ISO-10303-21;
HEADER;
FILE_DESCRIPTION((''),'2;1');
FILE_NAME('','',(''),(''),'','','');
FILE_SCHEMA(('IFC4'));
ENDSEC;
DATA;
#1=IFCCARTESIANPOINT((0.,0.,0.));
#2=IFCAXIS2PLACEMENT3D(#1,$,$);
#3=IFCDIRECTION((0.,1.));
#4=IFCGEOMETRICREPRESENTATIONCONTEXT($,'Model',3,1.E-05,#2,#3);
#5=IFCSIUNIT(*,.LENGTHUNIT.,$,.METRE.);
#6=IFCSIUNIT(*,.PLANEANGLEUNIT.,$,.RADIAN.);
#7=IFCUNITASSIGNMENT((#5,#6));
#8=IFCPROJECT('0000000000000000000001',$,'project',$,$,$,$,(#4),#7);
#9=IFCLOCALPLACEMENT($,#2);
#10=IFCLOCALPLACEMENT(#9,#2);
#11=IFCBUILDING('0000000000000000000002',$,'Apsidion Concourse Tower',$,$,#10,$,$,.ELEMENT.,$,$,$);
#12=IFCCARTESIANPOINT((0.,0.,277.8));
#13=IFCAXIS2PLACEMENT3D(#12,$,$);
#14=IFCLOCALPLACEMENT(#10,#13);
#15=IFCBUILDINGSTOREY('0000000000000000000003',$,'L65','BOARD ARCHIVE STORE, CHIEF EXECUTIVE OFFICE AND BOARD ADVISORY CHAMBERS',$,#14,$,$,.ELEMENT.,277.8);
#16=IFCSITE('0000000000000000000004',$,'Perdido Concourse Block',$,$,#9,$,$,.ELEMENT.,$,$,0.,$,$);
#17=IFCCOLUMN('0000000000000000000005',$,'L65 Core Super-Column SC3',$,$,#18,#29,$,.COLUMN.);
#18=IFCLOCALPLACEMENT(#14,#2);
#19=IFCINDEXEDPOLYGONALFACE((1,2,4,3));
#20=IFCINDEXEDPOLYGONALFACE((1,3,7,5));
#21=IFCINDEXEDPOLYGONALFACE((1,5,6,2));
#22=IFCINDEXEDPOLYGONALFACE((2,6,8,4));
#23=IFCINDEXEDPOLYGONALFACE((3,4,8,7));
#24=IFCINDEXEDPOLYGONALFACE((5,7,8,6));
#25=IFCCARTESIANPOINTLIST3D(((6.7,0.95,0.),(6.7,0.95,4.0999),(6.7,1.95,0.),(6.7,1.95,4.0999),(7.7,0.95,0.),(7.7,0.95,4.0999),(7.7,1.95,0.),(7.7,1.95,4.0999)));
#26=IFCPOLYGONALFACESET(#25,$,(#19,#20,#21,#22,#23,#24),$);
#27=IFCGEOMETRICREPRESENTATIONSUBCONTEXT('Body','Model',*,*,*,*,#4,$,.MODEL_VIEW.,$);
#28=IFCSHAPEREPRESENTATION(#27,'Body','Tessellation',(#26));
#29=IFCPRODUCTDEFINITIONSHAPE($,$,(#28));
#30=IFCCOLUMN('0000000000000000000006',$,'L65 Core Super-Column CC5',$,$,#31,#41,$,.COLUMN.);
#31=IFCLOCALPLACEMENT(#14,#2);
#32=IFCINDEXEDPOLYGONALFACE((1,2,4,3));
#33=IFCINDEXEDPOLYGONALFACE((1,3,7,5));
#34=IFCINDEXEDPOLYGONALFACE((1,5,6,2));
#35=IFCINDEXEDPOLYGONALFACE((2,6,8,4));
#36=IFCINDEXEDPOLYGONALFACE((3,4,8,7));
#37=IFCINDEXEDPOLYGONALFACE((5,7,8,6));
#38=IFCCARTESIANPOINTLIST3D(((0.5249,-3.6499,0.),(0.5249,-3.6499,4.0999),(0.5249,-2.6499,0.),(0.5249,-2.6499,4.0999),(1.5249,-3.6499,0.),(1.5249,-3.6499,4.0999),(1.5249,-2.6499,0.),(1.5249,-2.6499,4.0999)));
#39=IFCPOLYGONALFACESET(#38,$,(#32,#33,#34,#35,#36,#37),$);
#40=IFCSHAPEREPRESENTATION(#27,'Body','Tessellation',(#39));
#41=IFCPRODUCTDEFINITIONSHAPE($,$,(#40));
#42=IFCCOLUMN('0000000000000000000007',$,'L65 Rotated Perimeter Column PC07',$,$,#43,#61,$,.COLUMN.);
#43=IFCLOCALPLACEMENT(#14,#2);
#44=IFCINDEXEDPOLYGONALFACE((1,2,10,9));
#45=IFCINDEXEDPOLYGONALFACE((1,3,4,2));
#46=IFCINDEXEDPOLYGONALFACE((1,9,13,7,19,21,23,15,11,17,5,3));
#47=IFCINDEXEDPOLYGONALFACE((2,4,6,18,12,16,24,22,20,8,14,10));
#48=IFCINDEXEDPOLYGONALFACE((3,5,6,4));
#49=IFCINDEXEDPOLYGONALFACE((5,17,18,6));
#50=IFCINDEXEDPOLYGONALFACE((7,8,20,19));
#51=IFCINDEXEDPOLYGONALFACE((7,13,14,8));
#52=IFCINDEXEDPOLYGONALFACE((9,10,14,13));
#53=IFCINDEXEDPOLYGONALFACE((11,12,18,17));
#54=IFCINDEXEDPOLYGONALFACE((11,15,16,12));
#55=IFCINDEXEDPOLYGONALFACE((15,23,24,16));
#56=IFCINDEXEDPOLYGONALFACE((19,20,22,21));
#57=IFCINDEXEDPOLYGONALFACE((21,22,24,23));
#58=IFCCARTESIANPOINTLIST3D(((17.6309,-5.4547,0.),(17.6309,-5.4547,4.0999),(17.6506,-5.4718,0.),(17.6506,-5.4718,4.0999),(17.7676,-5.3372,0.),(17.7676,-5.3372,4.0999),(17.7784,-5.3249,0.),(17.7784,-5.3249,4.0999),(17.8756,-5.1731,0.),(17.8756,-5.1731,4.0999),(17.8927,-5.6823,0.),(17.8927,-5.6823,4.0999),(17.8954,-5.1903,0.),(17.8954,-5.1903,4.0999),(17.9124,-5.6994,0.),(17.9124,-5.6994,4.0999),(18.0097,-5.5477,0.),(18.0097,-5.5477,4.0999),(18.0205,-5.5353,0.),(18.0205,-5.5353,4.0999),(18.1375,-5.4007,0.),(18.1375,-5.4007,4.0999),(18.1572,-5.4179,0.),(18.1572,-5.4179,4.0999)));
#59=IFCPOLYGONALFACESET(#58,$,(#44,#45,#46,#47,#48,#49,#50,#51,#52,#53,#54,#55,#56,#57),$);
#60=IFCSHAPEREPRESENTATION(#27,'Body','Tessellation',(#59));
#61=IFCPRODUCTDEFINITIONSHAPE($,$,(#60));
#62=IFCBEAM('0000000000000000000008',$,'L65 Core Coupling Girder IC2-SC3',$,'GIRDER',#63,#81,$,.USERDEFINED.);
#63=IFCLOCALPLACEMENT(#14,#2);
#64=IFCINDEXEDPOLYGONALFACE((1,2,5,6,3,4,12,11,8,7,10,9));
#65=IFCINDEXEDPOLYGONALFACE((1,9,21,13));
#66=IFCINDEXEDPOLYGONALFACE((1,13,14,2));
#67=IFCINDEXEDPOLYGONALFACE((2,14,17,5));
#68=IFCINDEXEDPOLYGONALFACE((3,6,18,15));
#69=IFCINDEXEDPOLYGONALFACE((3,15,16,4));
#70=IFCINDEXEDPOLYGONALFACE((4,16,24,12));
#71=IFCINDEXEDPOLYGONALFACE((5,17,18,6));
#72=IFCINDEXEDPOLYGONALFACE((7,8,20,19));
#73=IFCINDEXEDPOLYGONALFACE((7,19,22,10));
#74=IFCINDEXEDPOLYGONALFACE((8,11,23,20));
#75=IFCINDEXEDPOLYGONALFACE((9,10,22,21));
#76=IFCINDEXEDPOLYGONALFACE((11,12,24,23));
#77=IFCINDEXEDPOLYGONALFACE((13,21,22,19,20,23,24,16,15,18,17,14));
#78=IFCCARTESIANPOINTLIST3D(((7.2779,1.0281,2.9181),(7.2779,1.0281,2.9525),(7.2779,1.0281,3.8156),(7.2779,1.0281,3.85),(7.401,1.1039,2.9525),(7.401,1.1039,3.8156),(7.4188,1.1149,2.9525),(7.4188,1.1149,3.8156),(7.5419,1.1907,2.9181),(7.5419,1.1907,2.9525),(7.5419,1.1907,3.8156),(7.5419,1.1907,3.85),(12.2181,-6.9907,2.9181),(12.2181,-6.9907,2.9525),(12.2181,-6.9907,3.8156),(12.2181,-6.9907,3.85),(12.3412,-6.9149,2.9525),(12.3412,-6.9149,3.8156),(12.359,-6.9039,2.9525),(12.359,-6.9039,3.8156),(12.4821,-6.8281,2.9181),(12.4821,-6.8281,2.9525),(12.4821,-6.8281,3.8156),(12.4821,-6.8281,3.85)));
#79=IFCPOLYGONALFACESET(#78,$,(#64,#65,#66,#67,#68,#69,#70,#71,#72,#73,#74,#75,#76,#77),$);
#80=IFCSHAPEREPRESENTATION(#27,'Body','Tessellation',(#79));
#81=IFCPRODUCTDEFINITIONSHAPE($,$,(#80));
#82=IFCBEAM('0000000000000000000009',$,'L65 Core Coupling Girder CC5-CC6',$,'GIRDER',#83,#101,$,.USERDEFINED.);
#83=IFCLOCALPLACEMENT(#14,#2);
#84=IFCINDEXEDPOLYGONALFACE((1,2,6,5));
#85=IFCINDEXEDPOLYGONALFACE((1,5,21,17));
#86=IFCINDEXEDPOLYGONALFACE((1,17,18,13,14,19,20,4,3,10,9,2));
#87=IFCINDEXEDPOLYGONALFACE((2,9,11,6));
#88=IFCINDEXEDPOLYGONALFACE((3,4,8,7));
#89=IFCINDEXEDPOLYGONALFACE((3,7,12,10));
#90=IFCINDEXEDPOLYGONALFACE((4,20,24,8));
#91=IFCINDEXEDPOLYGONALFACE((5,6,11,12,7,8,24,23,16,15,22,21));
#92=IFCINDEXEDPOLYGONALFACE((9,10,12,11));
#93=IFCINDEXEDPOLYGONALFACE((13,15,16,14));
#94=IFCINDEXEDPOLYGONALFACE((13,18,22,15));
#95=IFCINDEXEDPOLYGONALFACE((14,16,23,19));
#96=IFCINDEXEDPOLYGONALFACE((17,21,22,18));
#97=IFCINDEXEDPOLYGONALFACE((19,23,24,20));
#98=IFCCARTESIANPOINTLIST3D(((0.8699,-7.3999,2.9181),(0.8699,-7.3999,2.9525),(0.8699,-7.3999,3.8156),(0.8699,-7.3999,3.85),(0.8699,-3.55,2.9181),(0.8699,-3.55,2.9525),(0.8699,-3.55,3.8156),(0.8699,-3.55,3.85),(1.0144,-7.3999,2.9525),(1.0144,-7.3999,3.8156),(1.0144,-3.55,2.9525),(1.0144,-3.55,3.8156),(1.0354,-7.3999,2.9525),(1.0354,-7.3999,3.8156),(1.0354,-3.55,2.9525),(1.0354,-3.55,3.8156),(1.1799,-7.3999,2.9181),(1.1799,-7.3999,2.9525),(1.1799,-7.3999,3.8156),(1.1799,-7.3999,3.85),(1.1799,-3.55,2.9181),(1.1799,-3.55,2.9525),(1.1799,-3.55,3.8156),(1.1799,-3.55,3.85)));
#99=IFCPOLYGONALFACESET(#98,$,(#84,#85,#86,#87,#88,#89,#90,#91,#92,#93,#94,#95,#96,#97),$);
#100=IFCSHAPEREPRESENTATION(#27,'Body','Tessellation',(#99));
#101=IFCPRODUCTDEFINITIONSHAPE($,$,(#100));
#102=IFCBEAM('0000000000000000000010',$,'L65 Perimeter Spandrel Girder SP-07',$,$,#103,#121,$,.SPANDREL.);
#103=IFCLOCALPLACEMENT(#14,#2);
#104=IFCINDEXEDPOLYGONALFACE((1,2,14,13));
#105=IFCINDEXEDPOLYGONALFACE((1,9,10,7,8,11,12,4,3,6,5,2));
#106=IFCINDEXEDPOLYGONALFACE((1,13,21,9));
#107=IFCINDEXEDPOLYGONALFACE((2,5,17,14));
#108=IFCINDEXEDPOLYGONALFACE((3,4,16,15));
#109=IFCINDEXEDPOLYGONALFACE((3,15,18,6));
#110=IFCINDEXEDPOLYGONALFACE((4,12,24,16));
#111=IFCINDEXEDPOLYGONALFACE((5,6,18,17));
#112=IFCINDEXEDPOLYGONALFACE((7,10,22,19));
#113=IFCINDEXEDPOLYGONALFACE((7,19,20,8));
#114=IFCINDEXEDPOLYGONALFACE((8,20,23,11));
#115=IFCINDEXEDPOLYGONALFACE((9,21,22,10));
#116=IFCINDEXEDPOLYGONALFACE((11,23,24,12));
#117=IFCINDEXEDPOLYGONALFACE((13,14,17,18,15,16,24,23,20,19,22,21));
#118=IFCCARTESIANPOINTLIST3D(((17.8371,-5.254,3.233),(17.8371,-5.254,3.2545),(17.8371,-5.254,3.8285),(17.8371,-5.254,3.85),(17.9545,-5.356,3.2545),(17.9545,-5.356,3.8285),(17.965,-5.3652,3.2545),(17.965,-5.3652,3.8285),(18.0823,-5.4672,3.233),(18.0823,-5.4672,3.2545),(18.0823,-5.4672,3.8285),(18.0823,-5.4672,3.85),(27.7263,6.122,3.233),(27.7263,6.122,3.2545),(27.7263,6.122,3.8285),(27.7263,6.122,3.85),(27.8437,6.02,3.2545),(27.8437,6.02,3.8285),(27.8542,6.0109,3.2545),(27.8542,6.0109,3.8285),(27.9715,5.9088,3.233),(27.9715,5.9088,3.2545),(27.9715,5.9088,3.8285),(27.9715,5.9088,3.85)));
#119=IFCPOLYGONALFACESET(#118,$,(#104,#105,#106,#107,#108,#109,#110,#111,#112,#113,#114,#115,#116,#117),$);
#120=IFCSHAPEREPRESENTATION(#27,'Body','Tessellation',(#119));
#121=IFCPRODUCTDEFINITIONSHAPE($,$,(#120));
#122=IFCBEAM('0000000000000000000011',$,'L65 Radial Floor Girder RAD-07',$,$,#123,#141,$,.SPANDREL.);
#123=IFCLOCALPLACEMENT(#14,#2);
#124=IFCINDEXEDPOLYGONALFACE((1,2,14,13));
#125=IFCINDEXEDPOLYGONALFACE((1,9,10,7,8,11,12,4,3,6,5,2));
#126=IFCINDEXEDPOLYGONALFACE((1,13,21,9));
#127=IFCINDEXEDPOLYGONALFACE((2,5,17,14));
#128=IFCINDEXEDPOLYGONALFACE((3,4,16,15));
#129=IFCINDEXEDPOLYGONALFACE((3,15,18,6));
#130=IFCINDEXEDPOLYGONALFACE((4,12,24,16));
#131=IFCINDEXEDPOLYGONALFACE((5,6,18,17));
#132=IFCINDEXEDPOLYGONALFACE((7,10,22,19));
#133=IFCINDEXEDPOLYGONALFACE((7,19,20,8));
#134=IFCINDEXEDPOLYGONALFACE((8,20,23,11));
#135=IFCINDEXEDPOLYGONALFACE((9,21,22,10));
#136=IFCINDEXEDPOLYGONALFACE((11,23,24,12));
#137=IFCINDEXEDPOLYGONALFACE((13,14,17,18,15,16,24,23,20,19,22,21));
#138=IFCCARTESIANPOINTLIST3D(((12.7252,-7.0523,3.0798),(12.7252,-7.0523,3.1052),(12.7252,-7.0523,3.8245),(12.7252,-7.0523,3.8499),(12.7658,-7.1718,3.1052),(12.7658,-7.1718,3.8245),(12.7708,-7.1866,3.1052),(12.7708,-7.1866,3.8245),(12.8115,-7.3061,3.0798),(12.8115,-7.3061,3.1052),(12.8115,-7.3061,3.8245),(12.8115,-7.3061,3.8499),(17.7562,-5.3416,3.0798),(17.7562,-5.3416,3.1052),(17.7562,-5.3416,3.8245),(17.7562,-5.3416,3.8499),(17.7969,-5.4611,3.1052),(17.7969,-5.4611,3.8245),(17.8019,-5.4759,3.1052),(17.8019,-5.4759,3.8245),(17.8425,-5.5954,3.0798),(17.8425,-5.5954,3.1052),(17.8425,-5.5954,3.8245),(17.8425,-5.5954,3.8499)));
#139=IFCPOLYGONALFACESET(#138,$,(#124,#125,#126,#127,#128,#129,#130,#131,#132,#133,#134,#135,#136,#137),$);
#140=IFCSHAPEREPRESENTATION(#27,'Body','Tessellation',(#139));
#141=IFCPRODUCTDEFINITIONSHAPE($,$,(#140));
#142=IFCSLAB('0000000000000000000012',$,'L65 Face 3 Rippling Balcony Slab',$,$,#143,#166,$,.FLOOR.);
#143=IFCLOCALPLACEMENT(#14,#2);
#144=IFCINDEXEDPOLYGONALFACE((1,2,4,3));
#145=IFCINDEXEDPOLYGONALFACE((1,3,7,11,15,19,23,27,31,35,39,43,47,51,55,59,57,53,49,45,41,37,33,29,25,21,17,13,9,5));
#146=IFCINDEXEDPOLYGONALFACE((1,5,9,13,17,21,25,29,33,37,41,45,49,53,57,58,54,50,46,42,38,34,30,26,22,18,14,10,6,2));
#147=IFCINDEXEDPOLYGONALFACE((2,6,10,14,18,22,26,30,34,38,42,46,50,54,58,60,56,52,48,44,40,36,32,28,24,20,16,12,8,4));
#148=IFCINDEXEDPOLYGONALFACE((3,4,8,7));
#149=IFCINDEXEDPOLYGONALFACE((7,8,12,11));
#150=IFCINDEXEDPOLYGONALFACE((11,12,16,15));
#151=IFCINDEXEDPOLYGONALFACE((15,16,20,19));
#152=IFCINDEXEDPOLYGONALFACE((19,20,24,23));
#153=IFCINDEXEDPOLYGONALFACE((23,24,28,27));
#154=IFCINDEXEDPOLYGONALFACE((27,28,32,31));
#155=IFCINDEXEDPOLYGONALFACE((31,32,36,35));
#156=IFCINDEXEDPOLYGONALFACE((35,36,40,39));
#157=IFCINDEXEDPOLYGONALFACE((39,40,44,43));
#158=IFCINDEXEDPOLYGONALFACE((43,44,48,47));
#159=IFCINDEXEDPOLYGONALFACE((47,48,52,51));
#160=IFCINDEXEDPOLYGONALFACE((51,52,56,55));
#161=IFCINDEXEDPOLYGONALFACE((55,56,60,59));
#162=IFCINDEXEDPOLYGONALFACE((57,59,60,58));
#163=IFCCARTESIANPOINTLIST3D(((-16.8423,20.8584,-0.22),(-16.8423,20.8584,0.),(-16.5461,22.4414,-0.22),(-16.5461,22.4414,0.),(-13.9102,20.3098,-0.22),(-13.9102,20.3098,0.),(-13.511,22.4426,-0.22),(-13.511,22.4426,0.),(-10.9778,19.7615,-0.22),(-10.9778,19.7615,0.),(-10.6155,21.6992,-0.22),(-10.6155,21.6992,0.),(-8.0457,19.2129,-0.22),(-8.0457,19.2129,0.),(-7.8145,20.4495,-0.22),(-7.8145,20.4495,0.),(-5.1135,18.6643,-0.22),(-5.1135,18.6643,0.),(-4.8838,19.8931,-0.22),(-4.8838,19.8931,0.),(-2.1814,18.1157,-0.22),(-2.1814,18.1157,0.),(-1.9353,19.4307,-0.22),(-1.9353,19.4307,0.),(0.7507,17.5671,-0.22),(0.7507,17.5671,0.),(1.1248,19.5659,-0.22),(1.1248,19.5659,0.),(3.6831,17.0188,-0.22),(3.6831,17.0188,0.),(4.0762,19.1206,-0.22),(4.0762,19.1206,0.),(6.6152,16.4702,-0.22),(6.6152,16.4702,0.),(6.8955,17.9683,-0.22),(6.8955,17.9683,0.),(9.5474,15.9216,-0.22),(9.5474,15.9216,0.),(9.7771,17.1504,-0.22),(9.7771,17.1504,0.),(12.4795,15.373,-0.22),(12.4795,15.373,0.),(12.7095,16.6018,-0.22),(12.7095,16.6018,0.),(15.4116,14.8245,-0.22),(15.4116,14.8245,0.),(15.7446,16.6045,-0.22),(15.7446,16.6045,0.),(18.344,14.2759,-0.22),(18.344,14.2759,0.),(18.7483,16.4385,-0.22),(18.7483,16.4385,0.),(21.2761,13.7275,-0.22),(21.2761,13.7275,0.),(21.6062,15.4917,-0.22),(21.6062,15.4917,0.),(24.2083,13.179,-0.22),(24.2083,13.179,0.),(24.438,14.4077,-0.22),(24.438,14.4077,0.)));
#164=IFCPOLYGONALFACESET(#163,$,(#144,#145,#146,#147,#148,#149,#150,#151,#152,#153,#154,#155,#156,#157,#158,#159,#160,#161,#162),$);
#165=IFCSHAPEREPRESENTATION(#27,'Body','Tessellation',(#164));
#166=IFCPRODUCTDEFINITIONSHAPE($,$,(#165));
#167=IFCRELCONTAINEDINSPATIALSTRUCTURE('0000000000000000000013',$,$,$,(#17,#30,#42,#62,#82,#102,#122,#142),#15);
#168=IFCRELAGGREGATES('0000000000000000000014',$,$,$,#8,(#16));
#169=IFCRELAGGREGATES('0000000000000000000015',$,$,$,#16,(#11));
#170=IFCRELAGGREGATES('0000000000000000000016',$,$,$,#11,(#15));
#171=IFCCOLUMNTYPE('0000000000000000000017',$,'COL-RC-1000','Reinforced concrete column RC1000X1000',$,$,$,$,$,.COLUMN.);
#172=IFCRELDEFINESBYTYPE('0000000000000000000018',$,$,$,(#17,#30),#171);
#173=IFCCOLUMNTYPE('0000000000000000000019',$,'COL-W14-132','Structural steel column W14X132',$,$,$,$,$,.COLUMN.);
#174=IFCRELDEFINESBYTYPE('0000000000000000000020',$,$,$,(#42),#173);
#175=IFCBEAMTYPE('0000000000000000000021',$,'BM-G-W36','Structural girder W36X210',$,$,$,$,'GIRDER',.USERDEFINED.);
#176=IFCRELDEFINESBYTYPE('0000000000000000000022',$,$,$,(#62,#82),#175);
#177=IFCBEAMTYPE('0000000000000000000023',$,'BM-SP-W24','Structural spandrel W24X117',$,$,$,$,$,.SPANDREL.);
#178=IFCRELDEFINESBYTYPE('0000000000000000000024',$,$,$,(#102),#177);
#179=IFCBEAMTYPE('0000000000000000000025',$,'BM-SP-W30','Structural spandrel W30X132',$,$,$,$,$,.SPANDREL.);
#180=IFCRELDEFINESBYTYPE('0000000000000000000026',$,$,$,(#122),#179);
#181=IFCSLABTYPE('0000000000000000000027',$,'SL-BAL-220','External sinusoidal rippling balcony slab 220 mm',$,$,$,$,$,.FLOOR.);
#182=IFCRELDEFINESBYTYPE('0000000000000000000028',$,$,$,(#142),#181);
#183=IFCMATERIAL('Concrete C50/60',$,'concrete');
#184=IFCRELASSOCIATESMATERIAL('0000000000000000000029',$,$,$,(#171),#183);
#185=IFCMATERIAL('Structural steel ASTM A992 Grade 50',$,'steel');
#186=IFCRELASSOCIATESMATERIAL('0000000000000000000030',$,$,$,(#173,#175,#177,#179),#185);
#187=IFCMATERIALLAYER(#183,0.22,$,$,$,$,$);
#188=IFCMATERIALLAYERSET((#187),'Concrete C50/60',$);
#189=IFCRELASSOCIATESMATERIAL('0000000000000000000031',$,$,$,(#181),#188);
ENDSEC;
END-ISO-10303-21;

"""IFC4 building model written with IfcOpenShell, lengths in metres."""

from ifc_helpers import new_model, si_unit, direction, frame, origin, origin_2d, place, context, subcontext, project, spatial, polyline, rectangle, i_section, outline, extrude, material, layer, layer_set, material_profile, profile_set, type_object, element, save


model = new_model("IFC4")

# Units and contexts
model_context = context("Model", 3, precision=1e-05, world=origin(), true_north=direction((0.0, 1.0)))
body_context = subcontext(model_context, "Body", "Model", "MODEL_VIEW")
ifc_project = project(units=[si_unit("LENGTHUNIT", "METRE"), si_unit("PLANEANGLEUNIT", "RADIAN")], contexts=[model_context])

# Site, building, storey
site_placement = place(None, origin())
site = spatial("IfcSite", under=ifc_project, at=site_placement, Name="Perdido Concourse Block", CompositionType="ELEMENT", RefElevation=0.0)
building_placement = place(site_placement, origin())
building = spatial("IfcBuilding", under=site, at=building_placement, Name="Apsidion Concourse Tower", CompositionType="ELEMENT")
storey_placement = place(building_placement, frame((0.0, 0.0, 277.8)))
storey = spatial("IfcBuildingStorey", under=building, at=storey_placement, Name="L65", Description="BOARD ARCHIVE STORE, CHIEF EXECUTIVE OFFICE AND BOARD ADVISORY CHAMBERS", CompositionType="ELEMENT", Elevation=277.8)

# Columns
ifc_material_1 = material(Name="Concrete C50/60", Category="concrete")
ifc_material_profile_1 = material_profile(ifc_material_1, rectangle(XDim=1.0, YDim=1.0, at=origin_2d()), Name="RC 1000x1000")
ifc_profile_set_1 = profile_set([ifc_material_profile_1], Name="Concrete C50/60")
column_type_1 = type_object("IfcColumnType", Name="COL-RC-1000", Description="Reinforced concrete column RC1000X1000", PredefinedType="COLUMN", material=ifc_profile_set_1)
for number, where, z_axis, x_axis, name in (
    (1, (7.2, 1.45, 0.0), (0.0, 0.0, 1.0), (1.0, 0.0, 0.0), "L65 Core Super-Column SC3"),
    (2, (1.0249, -3.1499, 0.0), (0.0, 0.0, 1.0), (1.0, 0.0, 0.0), "L65 Core Super-Column CC5"),
):
    element("IfcColumn", number, at=place(storey_placement, frame(where, z_axis=z_axis, x_axis=x_axis)), inside=storey, type_object=column_type_1, Name=name, PredefinedType="COLUMN", context=body_context, shape_type="SweptSolid", body=[
        extrude(rectangle(XDim=1.0, YDim=1.0, at=origin_2d()), origin(), (0.0, 0.0, 1.0), 4.0999),
    ])
ifc_material_2 = material(Name="Structural steel ASTM A992 Grade 50", Category="steel")
ifc_material_profile_2 = material_profile(ifc_material_2, i_section(OverallWidth=0.373, OverallDepth=0.373, WebThickness=0.0164, FlangeThickness=0.0261, at=origin_2d()), Name="W14X132")
ifc_profile_set_2 = profile_set([ifc_material_profile_2], Name="Structural steel ASTM A992 Grade 50")
column_type_2 = type_object("IfcColumnType", Name="COL-W14-132", Description="Structural steel column W14X132", PredefinedType="COLUMN", material=ifc_profile_set_2)
column_placement = place(storey_placement, frame((17.894, -5.4363, 0.0), z_axis=(0.0, 0.0, 1.0), x_axis=(0.656059, 0.75471, 0.0)))
element("IfcColumn", 3, at=column_placement, inside=storey, type_object=column_type_2, Name="L65 Rotated Perimeter Column PC07", PredefinedType="COLUMN", context=body_context, shape_type="SweptSolid", body=[
    extrude(i_section(OverallWidth=0.373, OverallDepth=0.373, WebThickness=0.0164, FlangeThickness=0.0261, at=origin_2d()), origin(), (0.0, 0.0, 1.0), 4.0999),
])

# Beams
ifc_material_profile_3 = material_profile(ifc_material_2, i_section(OverallWidth=0.3101, OverallDepth=0.9319, WebThickness=0.021, FlangeThickness=0.0344, at=origin_2d()), Name="W36X210")
ifc_profile_set_3 = profile_set([ifc_material_profile_3], Name="Structural steel ASTM A992 Grade 50")
beam_type_1 = type_object("IfcBeamType", Name="BM-G-W36", Description="Structural girder W36X210", ElementType="GIRDER", PredefinedType="USERDEFINED", material=ifc_profile_set_3)
beam_1_placement = place(storey_placement, frame((12.3501, -6.9094, 3.384), z_axis=(-0.524524, 0.851396, 0.0), x_axis=(-0.851396, -0.524524, 0.0)))
element("IfcBeam", 4, at=beam_1_placement, inside=storey, type_object=beam_type_1, Name="L65 Core Coupling Girder IC2-SC3", ObjectType="GIRDER", PredefinedType="USERDEFINED", context=body_context, shape_type="SweptSolid", body=[
    extrude(i_section(OverallWidth=0.3101, OverallDepth=0.9319, WebThickness=0.021, FlangeThickness=0.0344, at=origin_2d()), origin(), (0.0, 0.0, 1.0), 9.4185),
])
beam_2_placement = place(storey_placement, frame((1.0249, -3.55, 3.384), z_axis=(0.0, -1.0, 0.0), x_axis=(1.0, 0.0, 0.0)))
element("IfcBeam", 5, at=beam_2_placement, inside=storey, type_object=beam_type_1, Name="L65 Core Coupling Girder CC5-CC6", ObjectType="GIRDER", PredefinedType="USERDEFINED", context=body_context, shape_type="SweptSolid", body=[
    extrude(i_section(OverallWidth=0.3101, OverallDepth=0.9319, WebThickness=0.021, FlangeThickness=0.0344, at=origin_2d()), origin(), (0.0, 0.0, 1.0), 3.8499),
])
ifc_material_profile_4 = material_profile(ifc_material_2, i_section(OverallWidth=0.325, OverallDepth=0.6169, WebThickness=0.0139, FlangeThickness=0.0215, at=origin_2d()), Name="W24X117")
ifc_profile_set_4 = profile_set([ifc_material_profile_4], Name="Structural steel ASTM A992 Grade 50")
beam_type_2 = type_object("IfcBeamType", Name="BM-SP-W24", Description="Structural spandrel W24X117", PredefinedType="SPANDREL", material=ifc_profile_set_4)
beam_3_placement = place(storey_placement, frame((17.9597, -5.3606, 3.5415), z_axis=(0.656066, 0.754704, 0.0), x_axis=(-0.754704, 0.656066, 0.0)))
element("IfcBeam", 6, at=beam_3_placement, inside=storey, type_object=beam_type_2, Name="L65 Perimeter Spandrel Girder SP-07", PredefinedType="SPANDREL", context=body_context, shape_type="SweptSolid", body=[
    extrude(i_section(OverallWidth=0.325, OverallDepth=0.6169, WebThickness=0.0139, FlangeThickness=0.0215, at=origin_2d()), origin(), (0.0, 0.0, 1.0), 15.0735),
])
ifc_material_profile_5 = material_profile(ifc_material_2, i_section(OverallWidth=0.2681, OverallDepth=0.77, WebThickness=0.0156, FlangeThickness=0.0254, at=origin_2d()), Name="W30X132")
ifc_profile_set_5 = profile_set([ifc_material_profile_5], Name="Structural steel ASTM A992 Grade 50")
beam_type_3 = type_object("IfcBeamType", Name="BM-SP-W30", Description="Structural spandrel W30X132", PredefinedType="SPANDREL", material=ifc_profile_set_5)
beam_4_placement = place(storey_placement, frame((12.7683, -7.1792, 3.4648), z_axis=(0.946764, 0.321928, 0.0), x_axis=(-0.321928, 0.946764, 0.0)))
element("IfcBeam", 7, at=beam_4_placement, inside=storey, type_object=beam_type_3, Name="L65 Radial Floor Girder RAD-07", PredefinedType="SPANDREL", context=body_context, shape_type="SweptSolid", body=[
    extrude(i_section(OverallWidth=0.2681, OverallDepth=0.77, WebThickness=0.0156, FlangeThickness=0.0254, at=origin_2d()), origin(), (0.0, 0.0, 1.0), 5.314),
])

# Slab
ifc_layer_1 = layer(ifc_material_1, 0.22)
ifc_layer_set_1 = layer_set([ifc_layer_1], Name="Concrete C50/60")
slab_type_1 = type_object("IfcSlabType", Name="SL-BAL-220", Description="External sinusoidal rippling balcony slab 220 mm", PredefinedType="FLOOR", material=ifc_layer_set_1)
slab_1_placement = place(storey_placement, frame((0.0, 0.0, -0.22)))
element("IfcSlab", 8, at=slab_1_placement, inside=storey, type_object=slab_type_1, Name="L65 Face 3 Rippling Balcony Slab", PredefinedType="FLOOR", context=body_context, shape_type="SweptSolid", body=[
    extrude(outline(polyline([(24.2083, 13.179), (21.2761, 13.7275), (18.344, 14.2759), (15.4116, 14.8245), (12.4795, 15.373), (9.5474, 15.9216), (6.6152, 16.4702), (3.6831, 17.0188), (0.7507, 17.5671), (-2.1814, 18.1157), (-5.1135, 18.6643), (-8.0457, 19.2129), (-10.9778, 19.7615), (-13.9102, 20.3098), (-16.8423, 20.8584), (-16.5461, 22.4414), (-13.511, 22.4426), (-10.6155, 21.6992), (-7.8145, 20.4495), (-4.8838, 19.8931), (-1.9353, 19.4307), (1.1248, 19.5659), (4.0762, 19.1206), (6.8955, 17.9683), (9.7771, 17.1504), (12.7095, 16.6018), (15.7446, 16.6045), (18.7483, 16.4385), (21.6062, 15.4917), (24.438, 14.4077), (24.2083, 13.179)])), origin(), (0.0, 0.0, 1.0), 0.22),
])

save(model, "model.ifc")
